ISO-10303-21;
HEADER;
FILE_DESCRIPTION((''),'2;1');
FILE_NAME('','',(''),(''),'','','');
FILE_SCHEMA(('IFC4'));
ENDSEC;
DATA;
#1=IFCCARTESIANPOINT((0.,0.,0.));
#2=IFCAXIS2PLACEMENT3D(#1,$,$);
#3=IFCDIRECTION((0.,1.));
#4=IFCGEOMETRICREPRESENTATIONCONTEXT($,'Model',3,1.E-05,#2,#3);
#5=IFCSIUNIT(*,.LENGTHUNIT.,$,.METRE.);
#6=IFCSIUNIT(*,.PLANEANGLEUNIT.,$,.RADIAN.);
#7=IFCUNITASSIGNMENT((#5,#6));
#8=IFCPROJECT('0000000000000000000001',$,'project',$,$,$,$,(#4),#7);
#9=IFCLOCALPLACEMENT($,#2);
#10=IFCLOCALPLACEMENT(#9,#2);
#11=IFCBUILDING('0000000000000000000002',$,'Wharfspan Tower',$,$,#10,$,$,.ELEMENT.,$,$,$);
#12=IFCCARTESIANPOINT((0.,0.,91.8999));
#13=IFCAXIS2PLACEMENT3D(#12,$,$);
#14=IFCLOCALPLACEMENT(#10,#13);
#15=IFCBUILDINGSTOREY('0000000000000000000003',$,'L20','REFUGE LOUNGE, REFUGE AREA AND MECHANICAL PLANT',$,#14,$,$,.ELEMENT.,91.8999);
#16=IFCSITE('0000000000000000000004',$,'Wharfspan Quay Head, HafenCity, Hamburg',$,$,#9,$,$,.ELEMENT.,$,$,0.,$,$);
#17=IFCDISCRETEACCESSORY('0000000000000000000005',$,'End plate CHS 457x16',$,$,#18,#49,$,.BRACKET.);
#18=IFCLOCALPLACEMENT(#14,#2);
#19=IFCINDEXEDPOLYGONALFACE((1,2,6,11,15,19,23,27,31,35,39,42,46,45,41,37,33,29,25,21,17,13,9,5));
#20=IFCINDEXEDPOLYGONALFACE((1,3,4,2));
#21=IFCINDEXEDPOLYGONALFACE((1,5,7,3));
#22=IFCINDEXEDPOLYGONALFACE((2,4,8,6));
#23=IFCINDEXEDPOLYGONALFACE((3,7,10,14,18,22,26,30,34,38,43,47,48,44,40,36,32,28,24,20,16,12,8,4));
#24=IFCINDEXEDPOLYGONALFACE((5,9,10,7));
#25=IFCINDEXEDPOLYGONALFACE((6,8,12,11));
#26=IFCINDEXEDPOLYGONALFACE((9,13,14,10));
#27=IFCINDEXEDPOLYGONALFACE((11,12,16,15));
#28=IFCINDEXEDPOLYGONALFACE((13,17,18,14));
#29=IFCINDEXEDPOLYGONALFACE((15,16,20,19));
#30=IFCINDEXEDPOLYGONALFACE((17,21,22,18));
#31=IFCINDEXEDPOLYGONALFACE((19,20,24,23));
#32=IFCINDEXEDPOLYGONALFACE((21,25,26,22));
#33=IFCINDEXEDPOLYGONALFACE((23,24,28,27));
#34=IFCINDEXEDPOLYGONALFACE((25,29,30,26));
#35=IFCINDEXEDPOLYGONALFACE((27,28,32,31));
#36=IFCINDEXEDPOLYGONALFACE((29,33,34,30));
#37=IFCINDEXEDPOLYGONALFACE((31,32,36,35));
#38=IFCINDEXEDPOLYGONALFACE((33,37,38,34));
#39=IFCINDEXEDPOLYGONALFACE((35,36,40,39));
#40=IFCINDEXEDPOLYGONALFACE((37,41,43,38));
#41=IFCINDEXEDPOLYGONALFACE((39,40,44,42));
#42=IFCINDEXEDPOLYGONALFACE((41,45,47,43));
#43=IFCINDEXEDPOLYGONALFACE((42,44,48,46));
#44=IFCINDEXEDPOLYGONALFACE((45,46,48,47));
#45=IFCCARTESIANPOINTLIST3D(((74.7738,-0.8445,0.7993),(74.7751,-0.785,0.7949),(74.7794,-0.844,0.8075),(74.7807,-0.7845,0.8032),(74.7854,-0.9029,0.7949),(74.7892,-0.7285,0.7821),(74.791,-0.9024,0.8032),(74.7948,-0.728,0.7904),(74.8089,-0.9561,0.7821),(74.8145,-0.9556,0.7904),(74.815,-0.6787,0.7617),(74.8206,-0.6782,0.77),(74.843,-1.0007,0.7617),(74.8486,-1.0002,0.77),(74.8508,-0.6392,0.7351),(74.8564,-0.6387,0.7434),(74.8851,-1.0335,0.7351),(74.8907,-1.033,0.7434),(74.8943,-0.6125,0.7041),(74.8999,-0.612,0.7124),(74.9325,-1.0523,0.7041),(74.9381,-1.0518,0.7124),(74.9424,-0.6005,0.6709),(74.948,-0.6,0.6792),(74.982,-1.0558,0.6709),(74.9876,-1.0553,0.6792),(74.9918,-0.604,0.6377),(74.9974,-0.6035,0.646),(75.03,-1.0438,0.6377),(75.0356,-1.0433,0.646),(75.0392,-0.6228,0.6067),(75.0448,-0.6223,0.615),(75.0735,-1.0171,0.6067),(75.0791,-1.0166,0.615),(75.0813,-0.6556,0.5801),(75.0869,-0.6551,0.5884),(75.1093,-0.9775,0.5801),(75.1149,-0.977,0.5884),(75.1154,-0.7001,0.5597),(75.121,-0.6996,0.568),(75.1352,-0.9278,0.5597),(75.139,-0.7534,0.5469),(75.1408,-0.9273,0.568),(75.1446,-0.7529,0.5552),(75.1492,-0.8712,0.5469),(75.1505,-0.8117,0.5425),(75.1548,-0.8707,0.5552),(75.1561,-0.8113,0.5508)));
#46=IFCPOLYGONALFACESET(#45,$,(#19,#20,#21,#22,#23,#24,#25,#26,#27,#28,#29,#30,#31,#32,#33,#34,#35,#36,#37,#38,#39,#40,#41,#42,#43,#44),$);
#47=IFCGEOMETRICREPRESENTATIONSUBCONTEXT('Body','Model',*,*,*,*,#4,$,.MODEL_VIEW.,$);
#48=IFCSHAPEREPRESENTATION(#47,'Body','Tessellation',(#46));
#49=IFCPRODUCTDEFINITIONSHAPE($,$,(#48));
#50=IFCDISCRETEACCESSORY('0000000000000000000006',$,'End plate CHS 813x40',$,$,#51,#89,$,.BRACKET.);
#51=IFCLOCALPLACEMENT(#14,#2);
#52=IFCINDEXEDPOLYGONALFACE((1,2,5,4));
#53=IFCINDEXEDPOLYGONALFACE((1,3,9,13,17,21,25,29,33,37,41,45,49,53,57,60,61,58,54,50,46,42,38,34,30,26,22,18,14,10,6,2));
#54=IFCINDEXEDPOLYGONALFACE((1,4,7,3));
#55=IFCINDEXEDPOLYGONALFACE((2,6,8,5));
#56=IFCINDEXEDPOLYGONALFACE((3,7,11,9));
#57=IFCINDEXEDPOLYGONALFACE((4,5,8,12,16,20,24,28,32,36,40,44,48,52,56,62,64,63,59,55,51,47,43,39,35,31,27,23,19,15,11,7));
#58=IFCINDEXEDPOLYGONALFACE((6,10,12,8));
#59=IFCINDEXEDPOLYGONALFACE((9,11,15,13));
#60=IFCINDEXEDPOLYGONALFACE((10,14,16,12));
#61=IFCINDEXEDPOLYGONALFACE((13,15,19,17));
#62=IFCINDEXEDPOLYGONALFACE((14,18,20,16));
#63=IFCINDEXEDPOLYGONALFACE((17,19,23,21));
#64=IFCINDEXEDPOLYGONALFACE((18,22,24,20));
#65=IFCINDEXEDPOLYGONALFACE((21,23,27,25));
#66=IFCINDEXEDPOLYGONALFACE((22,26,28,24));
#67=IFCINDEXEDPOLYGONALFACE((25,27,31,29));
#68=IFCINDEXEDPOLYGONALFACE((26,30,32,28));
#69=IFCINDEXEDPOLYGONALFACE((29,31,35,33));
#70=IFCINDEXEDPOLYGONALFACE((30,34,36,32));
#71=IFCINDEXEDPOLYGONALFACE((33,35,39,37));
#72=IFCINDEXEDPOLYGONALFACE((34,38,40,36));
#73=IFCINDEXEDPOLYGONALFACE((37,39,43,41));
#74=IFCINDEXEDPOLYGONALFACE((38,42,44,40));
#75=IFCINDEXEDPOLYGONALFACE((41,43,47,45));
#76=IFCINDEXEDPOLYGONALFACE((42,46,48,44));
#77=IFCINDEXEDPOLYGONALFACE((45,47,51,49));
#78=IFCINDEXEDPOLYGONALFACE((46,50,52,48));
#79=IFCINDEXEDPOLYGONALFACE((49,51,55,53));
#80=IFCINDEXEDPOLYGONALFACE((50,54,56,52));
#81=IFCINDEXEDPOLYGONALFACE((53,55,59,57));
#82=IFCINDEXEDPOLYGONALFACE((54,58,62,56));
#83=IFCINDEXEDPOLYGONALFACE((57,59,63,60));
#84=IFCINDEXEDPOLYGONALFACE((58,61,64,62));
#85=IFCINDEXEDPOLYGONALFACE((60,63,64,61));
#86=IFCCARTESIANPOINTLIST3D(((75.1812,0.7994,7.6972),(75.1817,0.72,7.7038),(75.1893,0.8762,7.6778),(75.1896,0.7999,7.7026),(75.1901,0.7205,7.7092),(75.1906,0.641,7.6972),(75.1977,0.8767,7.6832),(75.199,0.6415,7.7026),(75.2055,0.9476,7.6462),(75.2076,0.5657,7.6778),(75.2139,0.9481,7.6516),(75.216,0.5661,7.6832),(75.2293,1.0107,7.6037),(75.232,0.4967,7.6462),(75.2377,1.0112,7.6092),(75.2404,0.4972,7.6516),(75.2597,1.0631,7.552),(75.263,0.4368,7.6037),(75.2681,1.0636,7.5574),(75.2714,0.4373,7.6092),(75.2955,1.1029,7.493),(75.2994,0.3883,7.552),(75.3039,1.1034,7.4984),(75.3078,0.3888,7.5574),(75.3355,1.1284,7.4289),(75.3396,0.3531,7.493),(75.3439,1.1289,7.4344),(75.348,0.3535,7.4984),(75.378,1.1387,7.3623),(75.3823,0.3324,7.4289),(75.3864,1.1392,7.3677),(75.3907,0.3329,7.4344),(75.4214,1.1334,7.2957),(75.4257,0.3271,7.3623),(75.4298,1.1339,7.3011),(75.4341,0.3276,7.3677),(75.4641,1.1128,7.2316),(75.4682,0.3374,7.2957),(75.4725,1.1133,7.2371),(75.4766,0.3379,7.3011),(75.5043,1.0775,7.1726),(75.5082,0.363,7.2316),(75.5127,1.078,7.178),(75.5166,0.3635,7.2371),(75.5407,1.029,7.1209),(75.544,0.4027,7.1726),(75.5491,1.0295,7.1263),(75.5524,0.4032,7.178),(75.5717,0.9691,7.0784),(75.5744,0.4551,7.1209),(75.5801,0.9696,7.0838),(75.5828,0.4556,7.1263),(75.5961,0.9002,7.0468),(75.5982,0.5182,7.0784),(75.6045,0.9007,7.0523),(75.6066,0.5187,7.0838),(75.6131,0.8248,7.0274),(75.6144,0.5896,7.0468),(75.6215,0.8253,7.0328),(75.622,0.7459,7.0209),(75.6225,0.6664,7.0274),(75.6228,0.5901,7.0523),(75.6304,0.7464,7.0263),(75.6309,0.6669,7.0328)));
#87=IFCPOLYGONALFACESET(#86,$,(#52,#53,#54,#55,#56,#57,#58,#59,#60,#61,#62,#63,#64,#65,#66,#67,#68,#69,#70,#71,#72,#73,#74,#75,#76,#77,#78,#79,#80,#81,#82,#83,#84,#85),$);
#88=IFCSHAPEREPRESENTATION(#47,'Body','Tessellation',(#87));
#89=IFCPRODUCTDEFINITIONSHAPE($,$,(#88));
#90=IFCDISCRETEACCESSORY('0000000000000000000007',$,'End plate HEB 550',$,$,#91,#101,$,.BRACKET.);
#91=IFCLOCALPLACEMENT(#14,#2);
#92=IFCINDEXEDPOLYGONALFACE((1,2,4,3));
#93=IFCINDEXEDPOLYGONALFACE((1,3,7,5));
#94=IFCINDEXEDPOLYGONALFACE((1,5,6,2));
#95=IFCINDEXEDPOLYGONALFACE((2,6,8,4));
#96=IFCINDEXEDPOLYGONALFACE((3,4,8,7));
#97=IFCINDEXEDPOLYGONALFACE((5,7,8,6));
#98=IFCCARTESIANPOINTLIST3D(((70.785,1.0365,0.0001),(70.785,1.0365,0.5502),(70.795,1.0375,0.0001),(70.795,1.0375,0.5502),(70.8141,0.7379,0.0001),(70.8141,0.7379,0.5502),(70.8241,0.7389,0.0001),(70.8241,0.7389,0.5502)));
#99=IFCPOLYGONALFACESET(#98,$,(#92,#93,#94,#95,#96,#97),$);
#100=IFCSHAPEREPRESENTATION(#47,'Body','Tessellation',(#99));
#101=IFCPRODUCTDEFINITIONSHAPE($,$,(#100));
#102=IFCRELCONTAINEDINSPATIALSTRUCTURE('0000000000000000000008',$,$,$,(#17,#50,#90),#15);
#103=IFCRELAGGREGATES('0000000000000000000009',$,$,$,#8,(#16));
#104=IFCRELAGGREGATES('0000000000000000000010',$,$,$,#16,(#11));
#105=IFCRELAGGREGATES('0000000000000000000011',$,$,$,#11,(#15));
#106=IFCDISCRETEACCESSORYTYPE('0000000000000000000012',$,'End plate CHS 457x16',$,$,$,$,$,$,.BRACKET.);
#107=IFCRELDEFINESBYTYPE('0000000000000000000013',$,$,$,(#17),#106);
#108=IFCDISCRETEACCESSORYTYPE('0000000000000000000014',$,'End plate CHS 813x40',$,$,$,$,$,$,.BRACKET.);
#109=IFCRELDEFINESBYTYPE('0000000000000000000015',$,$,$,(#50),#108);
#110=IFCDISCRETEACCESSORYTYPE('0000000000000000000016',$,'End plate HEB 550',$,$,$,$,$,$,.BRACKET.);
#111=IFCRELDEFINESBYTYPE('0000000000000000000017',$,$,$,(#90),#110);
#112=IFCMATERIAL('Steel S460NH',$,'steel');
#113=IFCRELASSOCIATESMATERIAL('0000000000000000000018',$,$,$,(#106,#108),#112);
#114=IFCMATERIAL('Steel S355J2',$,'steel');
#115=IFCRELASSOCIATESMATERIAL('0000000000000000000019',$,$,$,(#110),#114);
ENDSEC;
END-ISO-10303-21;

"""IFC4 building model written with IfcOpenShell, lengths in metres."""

from ifc_helpers import new_model, si_unit, direction, frame, origin, origin_2d, place, context, subcontext, project, spatial, rectangle, circle, extrude, material, material_profile, profile_set, type_object, element, save


model = new_model("IFC4")

# Units and contexts
model_context = context("Model", 3, precision=1e-05, world=origin(), true_north=direction((0.0, 1.0)))
body_context = subcontext(model_context, "Body", "Model", "MODEL_VIEW")
ifc_project = project(units=[si_unit("LENGTHUNIT", "METRE"), si_unit("PLANEANGLEUNIT", "RADIAN")], contexts=[model_context])

# Site, building, storey
site_placement = place(None, origin())
site = spatial("IfcSite", under=ifc_project, at=site_placement, Name="Wharfspan Quay Head, HafenCity, Hamburg", CompositionType="ELEMENT", RefElevation=0.0)
building_placement = place(site_placement, origin())
building = spatial("IfcBuilding", under=site, at=building_placement, Name="Wharfspan Tower", CompositionType="ELEMENT")
storey_placement = place(building_placement, frame((0.0, 0.0, 91.8999)))
storey = spatial("IfcBuildingStorey", under=building, at=storey_placement, Name="L20", Description="REFUGE LOUNGE, REFUGE AREA AND MECHANICAL PLANT", CompositionType="ELEMENT", Elevation=91.8999)

# Shared definitions
ifc_material_1 = material(Name="Steel S355J2", Category="steel")

# Shared definitions
ifc_material_2 = material(Name="Steel S460NH", Category="steel")

# Discrete accessories
ifc_material_profile_1 = material_profile(ifc_material_2, circle(Radius=0.2285, at=origin_2d()))
ifc_profile_set_1 = profile_set([ifc_material_profile_1], Name="Steel S460NH")
discrete_accessory_type_1 = type_object("IfcDiscreteAccessoryType", Name="End plate CHS 457x16", PredefinedType="BRACKET", material=ifc_profile_set_1)
for number, where, z_axis, x_axis, name in (
    (1, (74.9622, -0.8281, 0.6709), (0.559645, 0.048665, 0.827302), (-0.086627, 0.99624, -0.000002), "End plate CHS 457x16"),
):
    element("IfcDiscreteAccessory", number, at=place(storey_placement, frame(where, z_axis=z_axis, x_axis=x_axis)), inside=storey, type_object=discrete_accessory_type_1, Name=name, PredefinedType="BRACKET", context=body_context, shape_type="SweptSolid", body=[
        extrude(circle(Radius=0.2285, at=origin_2d()), origin(), (0.0, 0.0, 1.0), 0.01),
    ])
ifc_material_profile_2 = material_profile(ifc_material_2, circle(Radius=0.4065, at=origin_2d()))
ifc_profile_set_2 = profile_set([ifc_material_profile_2], Name="Steel S460NH")
discrete_accessory_type_2 = type_object("IfcDiscreteAccessoryType", Name="End plate CHS 813x40", PredefinedType="BRACKET", material=ifc_profile_set_2)
discrete_accessory_1_placement = place(storey_placement, frame((75.4019, 0.7329, 7.3623), z_axis=(0.838548, 0.049326, 0.54259), x_axis=(-0.058722, 0.99827, 0.000001)))
element("IfcDiscreteAccessory", 2, at=discrete_accessory_1_placement, inside=storey, type_object=discrete_accessory_type_2, Name="End plate CHS 813x40", PredefinedType="BRACKET", context=body_context, shape_type="SweptSolid", body=[
    extrude(circle(Radius=0.4065, at=origin_2d()), origin(), (0.0, 0.0, 1.0), 0.01),
])
ifc_material_profile_3 = material_profile(ifc_material_1, rectangle(XDim=0.3, YDim=0.55, at=origin_2d()))
ifc_profile_set_3 = profile_set([ifc_material_profile_3], Name="Steel S355J2")
discrete_accessory_type_3 = type_object("IfcDiscreteAccessoryType", Name="End plate HEB 550", PredefinedType="BRACKET", material=ifc_profile_set_3)
discrete_accessory_2_placement = place(storey_placement, frame((70.7996, 0.8872, 0.2751), z_axis=(0.995275, 0.0971, 0.0), x_axis=(-0.0971, 0.995275, 0.0)))
element("IfcDiscreteAccessory", 3, at=discrete_accessory_2_placement, inside=storey, type_object=discrete_accessory_type_3, Name="End plate HEB 550", PredefinedType="BRACKET", context=body_context, shape_type="SweptSolid", body=[
    extrude(rectangle(XDim=0.3, YDim=0.55, at=origin_2d()), origin(), (0.0, 0.0, 1.0), 0.01),
])

save(model, "model.ifc")
